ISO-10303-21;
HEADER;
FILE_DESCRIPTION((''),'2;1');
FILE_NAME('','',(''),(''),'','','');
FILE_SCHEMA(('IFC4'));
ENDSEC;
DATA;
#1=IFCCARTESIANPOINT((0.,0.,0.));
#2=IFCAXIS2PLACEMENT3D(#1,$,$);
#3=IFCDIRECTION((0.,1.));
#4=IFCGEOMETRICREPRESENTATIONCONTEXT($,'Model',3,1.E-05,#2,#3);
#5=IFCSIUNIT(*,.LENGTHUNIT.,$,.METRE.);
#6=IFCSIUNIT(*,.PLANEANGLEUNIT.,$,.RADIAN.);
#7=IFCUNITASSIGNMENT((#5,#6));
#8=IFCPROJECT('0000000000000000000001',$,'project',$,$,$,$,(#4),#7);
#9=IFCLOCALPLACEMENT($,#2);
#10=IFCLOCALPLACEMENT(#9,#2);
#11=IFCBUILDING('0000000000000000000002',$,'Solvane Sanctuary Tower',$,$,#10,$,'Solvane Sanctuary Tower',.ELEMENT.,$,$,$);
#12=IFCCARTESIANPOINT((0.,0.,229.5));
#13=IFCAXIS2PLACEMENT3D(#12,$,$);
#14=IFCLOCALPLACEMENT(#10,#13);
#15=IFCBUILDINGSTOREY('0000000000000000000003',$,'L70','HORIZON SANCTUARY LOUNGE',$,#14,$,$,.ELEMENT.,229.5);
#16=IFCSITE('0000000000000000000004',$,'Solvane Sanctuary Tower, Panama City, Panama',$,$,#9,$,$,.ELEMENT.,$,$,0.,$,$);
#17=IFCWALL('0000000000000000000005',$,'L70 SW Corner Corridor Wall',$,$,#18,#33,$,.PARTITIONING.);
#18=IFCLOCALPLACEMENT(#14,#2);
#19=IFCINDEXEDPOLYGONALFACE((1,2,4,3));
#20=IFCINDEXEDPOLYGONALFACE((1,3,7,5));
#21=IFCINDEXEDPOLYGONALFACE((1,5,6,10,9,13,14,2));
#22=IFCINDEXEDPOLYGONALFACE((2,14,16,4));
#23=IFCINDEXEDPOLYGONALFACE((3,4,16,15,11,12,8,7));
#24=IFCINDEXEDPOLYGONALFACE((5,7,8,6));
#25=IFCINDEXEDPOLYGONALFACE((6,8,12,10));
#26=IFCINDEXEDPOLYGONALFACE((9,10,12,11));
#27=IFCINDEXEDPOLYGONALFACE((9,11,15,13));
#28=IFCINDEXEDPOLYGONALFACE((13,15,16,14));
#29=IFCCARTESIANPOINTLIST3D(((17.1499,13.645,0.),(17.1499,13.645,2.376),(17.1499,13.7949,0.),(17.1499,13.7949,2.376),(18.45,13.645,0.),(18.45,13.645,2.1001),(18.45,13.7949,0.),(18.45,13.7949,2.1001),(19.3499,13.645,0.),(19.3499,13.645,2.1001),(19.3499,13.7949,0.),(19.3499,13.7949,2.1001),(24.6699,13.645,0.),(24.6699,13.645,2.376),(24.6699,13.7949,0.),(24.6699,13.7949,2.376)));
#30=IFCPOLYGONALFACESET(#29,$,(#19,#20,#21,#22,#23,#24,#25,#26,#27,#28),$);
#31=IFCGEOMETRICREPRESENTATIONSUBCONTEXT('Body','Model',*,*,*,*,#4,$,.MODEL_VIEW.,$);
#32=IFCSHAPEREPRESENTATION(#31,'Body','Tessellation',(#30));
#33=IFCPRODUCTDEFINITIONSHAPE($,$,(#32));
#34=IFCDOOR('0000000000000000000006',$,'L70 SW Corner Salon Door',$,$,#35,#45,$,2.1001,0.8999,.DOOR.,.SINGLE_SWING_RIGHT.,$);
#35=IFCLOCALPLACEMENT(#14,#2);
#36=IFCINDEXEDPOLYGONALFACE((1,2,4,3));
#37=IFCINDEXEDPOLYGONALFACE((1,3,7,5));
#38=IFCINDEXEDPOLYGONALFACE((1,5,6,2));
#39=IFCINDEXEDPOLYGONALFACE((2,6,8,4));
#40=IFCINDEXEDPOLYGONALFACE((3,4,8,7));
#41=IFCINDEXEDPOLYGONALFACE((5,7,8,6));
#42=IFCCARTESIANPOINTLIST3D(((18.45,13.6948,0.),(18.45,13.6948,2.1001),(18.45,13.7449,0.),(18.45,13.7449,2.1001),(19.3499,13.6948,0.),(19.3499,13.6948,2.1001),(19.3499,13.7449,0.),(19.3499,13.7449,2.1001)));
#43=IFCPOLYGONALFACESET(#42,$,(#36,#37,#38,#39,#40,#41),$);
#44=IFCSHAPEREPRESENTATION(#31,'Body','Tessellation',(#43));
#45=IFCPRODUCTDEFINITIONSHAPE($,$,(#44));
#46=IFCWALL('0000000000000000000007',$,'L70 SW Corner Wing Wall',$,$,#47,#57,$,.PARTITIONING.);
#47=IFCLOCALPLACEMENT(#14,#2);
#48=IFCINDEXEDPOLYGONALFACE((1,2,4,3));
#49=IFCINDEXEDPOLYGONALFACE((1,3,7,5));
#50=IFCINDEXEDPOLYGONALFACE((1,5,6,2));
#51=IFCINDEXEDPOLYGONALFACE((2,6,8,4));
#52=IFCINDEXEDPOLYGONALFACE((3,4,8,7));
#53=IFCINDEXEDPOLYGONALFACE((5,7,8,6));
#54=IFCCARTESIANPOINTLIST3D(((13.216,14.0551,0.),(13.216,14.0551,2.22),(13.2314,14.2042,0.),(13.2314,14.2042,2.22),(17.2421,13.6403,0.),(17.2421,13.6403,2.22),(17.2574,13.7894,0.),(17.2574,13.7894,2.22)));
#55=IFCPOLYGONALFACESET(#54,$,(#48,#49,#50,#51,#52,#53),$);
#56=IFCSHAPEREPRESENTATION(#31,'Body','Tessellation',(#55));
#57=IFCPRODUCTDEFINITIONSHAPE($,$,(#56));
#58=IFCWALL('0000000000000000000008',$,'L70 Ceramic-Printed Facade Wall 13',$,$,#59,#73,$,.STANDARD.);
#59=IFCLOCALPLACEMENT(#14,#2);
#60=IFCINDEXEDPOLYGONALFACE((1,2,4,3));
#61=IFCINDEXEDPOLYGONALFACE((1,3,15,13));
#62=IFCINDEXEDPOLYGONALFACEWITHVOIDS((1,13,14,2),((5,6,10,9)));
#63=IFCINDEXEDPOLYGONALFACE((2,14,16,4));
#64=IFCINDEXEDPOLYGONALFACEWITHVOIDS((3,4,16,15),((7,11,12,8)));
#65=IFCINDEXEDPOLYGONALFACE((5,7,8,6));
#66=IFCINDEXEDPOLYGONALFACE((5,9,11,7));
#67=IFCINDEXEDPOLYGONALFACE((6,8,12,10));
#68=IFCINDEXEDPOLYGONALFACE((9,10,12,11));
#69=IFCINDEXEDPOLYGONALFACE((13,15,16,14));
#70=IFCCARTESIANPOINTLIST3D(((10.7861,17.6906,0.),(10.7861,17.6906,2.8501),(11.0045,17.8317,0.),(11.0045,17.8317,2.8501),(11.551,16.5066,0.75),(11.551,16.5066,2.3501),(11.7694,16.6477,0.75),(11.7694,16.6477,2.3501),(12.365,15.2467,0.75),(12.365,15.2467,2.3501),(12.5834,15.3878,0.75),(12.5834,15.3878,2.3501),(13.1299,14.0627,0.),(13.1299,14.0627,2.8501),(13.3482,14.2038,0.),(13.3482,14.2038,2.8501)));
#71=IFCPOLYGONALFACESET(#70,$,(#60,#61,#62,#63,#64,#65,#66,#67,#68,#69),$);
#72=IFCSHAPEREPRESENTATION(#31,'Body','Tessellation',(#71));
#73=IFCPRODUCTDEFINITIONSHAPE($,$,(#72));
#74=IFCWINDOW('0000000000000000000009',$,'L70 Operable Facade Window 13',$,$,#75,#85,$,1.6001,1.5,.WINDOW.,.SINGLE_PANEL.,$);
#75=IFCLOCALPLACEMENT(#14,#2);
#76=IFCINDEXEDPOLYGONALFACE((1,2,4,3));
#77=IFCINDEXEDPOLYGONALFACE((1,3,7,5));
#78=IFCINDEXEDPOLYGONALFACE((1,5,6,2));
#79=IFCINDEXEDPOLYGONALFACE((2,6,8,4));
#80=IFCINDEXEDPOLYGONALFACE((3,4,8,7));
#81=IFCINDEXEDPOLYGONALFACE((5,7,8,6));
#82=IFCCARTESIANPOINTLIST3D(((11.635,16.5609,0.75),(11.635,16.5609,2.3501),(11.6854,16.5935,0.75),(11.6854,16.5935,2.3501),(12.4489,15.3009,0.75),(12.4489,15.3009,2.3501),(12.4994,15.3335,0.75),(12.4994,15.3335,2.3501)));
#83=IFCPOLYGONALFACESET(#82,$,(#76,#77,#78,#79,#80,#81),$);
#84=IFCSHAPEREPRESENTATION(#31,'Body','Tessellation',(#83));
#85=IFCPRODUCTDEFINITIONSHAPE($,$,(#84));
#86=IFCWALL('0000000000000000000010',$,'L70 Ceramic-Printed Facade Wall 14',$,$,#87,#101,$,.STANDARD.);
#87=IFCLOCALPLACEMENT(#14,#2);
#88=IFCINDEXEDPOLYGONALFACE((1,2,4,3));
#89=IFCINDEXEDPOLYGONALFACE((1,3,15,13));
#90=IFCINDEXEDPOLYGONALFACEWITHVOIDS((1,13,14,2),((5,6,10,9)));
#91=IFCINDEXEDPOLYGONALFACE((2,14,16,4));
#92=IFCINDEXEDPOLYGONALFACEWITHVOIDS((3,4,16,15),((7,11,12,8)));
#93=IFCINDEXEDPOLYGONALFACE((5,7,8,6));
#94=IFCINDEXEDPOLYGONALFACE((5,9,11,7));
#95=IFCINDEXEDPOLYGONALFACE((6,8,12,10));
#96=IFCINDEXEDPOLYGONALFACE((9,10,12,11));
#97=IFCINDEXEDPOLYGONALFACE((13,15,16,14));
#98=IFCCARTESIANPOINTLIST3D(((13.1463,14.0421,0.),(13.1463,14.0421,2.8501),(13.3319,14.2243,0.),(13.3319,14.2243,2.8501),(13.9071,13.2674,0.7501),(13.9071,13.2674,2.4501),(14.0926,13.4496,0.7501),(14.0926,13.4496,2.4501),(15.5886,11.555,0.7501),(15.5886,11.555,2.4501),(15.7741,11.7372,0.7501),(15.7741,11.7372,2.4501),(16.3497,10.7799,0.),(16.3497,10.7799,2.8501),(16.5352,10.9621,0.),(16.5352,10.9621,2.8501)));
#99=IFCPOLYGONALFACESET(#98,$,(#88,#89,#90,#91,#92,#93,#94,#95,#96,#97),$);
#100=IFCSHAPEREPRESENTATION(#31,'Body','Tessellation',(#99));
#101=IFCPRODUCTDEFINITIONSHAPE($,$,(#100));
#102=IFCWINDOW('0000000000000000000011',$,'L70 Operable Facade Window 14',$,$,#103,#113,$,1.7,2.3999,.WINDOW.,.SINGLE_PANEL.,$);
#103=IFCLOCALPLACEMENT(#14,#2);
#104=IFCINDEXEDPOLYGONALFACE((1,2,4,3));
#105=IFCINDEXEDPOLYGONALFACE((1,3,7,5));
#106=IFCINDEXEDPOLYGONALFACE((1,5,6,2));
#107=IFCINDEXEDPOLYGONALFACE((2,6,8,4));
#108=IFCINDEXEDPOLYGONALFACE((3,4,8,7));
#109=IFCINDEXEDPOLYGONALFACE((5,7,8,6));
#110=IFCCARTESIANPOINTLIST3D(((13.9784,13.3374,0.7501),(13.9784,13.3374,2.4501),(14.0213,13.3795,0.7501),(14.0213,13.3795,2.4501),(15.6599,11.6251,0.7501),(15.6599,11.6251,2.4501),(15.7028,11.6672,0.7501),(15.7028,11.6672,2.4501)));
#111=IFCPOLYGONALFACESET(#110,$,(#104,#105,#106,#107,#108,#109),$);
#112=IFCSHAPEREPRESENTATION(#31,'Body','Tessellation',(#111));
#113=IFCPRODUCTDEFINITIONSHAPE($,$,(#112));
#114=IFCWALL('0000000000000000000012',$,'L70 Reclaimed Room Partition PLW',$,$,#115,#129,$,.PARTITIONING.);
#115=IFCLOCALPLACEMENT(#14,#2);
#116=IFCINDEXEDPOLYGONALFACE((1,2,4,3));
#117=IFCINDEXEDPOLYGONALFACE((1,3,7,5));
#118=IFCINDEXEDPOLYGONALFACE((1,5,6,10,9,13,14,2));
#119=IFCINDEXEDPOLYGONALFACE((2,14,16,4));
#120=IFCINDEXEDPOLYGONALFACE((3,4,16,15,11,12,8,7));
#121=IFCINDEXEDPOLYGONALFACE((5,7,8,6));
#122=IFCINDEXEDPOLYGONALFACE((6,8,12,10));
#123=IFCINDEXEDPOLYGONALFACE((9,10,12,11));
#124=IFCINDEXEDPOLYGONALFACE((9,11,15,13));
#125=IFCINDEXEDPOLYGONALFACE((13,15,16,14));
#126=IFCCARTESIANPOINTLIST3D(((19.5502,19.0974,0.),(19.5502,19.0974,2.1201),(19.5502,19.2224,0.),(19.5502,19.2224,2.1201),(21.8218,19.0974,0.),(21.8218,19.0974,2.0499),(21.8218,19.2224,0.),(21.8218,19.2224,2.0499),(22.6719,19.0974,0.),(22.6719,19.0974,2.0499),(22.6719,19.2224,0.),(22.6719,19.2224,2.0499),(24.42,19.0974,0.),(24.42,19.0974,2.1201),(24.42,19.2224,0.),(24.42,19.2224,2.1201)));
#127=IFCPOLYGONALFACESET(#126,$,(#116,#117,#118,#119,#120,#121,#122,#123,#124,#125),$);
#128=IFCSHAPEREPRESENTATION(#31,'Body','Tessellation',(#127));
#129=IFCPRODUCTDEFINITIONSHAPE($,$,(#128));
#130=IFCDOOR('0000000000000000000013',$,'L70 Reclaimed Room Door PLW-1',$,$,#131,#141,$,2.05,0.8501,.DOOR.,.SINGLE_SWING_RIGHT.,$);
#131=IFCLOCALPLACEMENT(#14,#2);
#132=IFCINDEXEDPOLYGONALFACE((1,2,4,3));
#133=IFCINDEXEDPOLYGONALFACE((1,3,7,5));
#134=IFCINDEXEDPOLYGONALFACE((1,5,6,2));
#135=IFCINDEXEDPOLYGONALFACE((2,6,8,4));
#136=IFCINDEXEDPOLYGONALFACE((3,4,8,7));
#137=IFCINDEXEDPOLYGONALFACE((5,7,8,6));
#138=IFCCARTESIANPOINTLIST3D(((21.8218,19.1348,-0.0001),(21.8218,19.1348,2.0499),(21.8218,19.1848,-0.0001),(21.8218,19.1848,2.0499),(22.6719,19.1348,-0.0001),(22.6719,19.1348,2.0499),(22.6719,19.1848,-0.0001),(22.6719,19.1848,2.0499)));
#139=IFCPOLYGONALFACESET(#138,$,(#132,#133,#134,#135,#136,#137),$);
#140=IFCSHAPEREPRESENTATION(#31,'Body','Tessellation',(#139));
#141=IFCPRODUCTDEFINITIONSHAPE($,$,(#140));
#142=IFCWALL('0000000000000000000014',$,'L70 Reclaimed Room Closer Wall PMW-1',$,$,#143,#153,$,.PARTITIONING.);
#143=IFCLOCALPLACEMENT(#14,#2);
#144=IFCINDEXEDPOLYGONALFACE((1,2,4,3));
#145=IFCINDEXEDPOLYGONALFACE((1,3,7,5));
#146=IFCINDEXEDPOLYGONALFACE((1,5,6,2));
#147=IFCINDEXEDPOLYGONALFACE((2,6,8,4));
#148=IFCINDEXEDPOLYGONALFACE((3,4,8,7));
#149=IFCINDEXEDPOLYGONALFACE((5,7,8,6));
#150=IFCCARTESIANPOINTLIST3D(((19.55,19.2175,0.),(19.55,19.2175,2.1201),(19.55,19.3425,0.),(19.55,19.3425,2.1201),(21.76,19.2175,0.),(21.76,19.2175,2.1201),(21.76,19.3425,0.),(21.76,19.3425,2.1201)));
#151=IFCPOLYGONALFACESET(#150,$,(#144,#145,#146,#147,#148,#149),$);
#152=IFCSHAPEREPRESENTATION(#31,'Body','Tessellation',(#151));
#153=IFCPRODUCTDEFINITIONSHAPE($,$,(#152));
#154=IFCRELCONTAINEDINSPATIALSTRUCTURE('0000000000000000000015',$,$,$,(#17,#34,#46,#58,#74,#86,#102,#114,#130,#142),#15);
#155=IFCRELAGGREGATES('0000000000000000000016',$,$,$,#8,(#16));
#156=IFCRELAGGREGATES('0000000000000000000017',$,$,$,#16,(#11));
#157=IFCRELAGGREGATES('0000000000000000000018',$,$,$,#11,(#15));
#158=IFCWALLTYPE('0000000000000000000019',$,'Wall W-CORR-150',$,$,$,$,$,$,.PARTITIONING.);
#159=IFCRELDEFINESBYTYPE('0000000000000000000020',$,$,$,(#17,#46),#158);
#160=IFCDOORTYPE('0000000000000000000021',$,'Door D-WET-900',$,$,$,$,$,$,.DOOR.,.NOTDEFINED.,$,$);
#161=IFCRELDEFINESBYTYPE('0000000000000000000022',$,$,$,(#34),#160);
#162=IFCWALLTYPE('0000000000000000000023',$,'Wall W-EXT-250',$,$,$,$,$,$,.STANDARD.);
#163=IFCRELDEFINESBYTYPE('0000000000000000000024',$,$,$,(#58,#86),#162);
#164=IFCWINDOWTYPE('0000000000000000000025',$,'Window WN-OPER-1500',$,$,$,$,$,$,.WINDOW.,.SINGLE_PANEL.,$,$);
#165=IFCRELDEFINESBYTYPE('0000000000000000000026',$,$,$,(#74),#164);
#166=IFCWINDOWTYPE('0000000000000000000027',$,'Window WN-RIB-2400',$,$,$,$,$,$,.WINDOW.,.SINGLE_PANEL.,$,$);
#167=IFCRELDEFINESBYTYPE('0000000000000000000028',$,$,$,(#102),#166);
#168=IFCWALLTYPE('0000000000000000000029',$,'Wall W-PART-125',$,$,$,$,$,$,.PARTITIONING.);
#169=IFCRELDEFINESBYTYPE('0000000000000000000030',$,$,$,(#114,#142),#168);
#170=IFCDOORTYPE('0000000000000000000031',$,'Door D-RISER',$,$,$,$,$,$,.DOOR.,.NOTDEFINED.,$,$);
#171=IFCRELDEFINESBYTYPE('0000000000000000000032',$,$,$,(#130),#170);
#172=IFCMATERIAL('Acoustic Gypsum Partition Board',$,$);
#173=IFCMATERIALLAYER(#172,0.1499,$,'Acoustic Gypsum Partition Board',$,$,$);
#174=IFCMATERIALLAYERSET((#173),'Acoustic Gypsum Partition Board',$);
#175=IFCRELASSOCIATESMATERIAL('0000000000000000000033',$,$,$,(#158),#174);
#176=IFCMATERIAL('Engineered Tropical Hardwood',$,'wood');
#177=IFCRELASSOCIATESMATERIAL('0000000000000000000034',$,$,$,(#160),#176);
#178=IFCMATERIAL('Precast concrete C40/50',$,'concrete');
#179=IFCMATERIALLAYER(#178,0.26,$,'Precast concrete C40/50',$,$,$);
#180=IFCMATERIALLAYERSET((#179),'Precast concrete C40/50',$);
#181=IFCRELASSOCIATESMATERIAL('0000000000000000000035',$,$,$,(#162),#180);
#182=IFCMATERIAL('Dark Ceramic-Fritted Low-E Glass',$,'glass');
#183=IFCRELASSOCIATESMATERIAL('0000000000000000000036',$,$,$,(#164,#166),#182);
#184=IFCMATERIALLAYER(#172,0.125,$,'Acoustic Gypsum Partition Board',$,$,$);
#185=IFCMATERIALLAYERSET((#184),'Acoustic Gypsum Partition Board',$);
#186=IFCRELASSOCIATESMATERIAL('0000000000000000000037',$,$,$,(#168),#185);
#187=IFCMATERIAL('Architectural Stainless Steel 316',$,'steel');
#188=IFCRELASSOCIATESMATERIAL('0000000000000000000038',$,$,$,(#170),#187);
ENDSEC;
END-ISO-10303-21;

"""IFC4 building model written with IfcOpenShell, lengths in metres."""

from ifc_helpers import new_model, si_unit, direction, frame, frame_2d, origin, place, context, subcontext, project, spatial, rectangle, extrude, material, layer, layer_set, type_object, element, fill, save


model = new_model("IFC4")

# Units and contexts
model_context = context("Model", 3, precision=1e-05, world=origin(), true_north=direction((0.0, 1.0)))
body_context = subcontext(model_context, "Body", "Model", "MODEL_VIEW")
ifc_project = project(units=[si_unit("LENGTHUNIT", "METRE"), si_unit("PLANEANGLEUNIT", "RADIAN")], contexts=[model_context])

# Site, building, storey
site_placement = place(None, origin())
site = spatial("IfcSite", under=ifc_project, at=site_placement, Name="Solvane Sanctuary Tower, Panama City, Panama", CompositionType="ELEMENT", RefElevation=0.0)
building_placement = place(site_placement, origin())
building = spatial("IfcBuilding", under=site, at=building_placement, Name="Solvane Sanctuary Tower", LongName="Solvane Sanctuary Tower", CompositionType="ELEMENT")
storey_placement = place(building_placement, frame((0.0, 0.0, 229.5)))
storey = spatial("IfcBuildingStorey", under=building, at=storey_placement, Name="L70", Description="HORIZON SANCTUARY LOUNGE", CompositionType="ELEMENT", Elevation=229.5)

# Wall, opening, door
ifc_material_1 = material(Name="Acoustic Gypsum Partition Board")
ifc_layer_1 = layer(ifc_material_1, 0.1499, Name="Acoustic Gypsum Partition Board")
ifc_layer_set_1 = layer_set([ifc_layer_1], Name="Acoustic Gypsum Partition Board")
wall_type_1 = type_object("IfcWallType", Name="Wall W-CORR-150", PredefinedType="PARTITIONING", material=ifc_layer_set_1)
ifc_material_2 = material(Name="Engineered Tropical Hardwood", Category="wood")
wall_1_placement = place(storey_placement, frame((17.1499, 13.72, 0.0), z_axis=(0.0, 0.0, 1.0), x_axis=(1.0, 0.0, 0.0)))
wall_1 = element("IfcWall", 1, at=wall_1_placement, inside=storey, type_object=wall_type_1, Name="L70 SW Corner Corridor Wall", PredefinedType="PARTITIONING", context=body_context, shape_type="SweptSolid", body=[
    extrude(rectangle(XDim=7.52, YDim=0.1499, at=frame_2d((3.76, 0.0))), origin(), (0.0, 0.0, 1.0), 2.376),
])
opening_1_placement = place(wall_1_placement, frame((1.3, 0.0, 0.0)))
opening_1 = element("IfcOpeningElement", 2, at=opening_1_placement, cuts=wall_1, PredefinedType="OPENING", context=body_context, shape_type="SweptSolid", body=[
    extrude(rectangle(XDim=0.8999, YDim=2.1001, at=frame_2d((0.45, 1.05))), frame((0.0, 0.085, 0.0), z_axis=(0.0, -1.0, 0.0), x_axis=(1.0, 0.0, 0.0)), (0.0, 0.0, 1.0), 0.1699),
])
door_type_1 = type_object("IfcDoorType", Name="Door D-WET-900", OperationType="NOTDEFINED", PredefinedType="DOOR", material=ifc_material_2)
door_1_placement = place(opening_1_placement, origin())
door_1 = element("IfcDoor", 3, at=door_1_placement, inside=storey, type_object=door_type_1, Name="L70 SW Corner Salon Door", OperationType="SINGLE_SWING_RIGHT", OverallHeight=2.1001, OverallWidth=0.8999, PredefinedType="DOOR", context=body_context, shape_type="SweptSolid", body=[
    extrude(rectangle(XDim=0.8999, YDim=2.1001, at=frame_2d((0.45, 1.05))), frame((0.0, 0.0249, 0.0), z_axis=(0.0, -1.0, 0.0), x_axis=(1.0, 0.0, 0.0)), (0.0, 0.0, 1.0), 0.05),
])
fill(opening_1, door_1)

# Wall
wall_2_placement = place(storey_placement, frame((17.2498, 13.7148, 0.0), z_axis=(0.0, 0.0, 1.0), x_axis=(-0.994735, 0.102483, 0.0)))
element("IfcWall", 4, at=wall_2_placement, inside=storey, type_object=wall_type_1, Name="L70 SW Corner Wing Wall", PredefinedType="PARTITIONING", context=body_context, shape_type="SweptSolid", body=[
    extrude(rectangle(XDim=4.0474, YDim=0.1499, at=frame_2d((2.0237, 0.0))), origin(), (0.0, 0.0, 1.0), 2.22),
])

# Walls, openings, windows
ifc_material_3 = material(Name="Precast concrete C40/50", Category="concrete")
ifc_layer_2 = layer(ifc_material_3, 0.26, Name="Precast concrete C40/50")
ifc_layer_set_2 = layer_set([ifc_layer_2], Name="Precast concrete C40/50")
wall_type_2 = type_object("IfcWallType", Name="Wall W-EXT-250", PredefinedType="STANDARD", material=ifc_layer_set_2)
wall_3_placement = place(storey_placement, frame((10.8953, 17.7612, 0.0), z_axis=(0.0, 0.0, 1.0), x_axis=(0.542642, -0.839964, 0.0)))
wall_3 = element("IfcWall", 5, at=wall_3_placement, inside=storey, type_object=wall_type_2, Name="L70 Ceramic-Printed Facade Wall 13", PredefinedType="STANDARD", context=body_context, shape_type="SweptSolid", body=[
    extrude(rectangle(XDim=4.3191, YDim=0.26, at=frame_2d((2.1597, 0.0))), origin(), (0.0, 0.0, 1.0), 2.8501),
])
opening_2_placement = place(wall_3_placement, frame((1.4097, 0.0, 0.75)))
opening_2 = element("IfcOpeningElement", 6, at=opening_2_placement, cuts=wall_3, PredefinedType="OPENING", context=body_context, shape_type="SweptSolid", body=[
    extrude(rectangle(XDim=1.5, YDim=1.6001, at=frame_2d((0.75, 0.8))), frame((0.0, 0.1399, 0.0), z_axis=(0.0, -1.0, 0.0), x_axis=(1.0, 0.0, 0.0)), (0.0, 0.0, 1.0), 0.28),
])
ifc_material_4 = material(Name="Dark Ceramic-Fritted Low-E Glass", Category="glass")
window_type_1 = type_object("IfcWindowType", Name="Window WN-OPER-1500", PartitioningType="SINGLE_PANEL", PredefinedType="WINDOW", material=ifc_material_4)
window_1_placement = place(opening_2_placement, origin())
window_1 = element("IfcWindow", 7, at=window_1_placement, inside=storey, type_object=window_type_1, Name="L70 Operable Facade Window 13", OverallHeight=1.6001, OverallWidth=1.5, PartitioningType="SINGLE_PANEL", PredefinedType="WINDOW", context=body_context, shape_type="SweptSolid", body=[
    extrude(rectangle(XDim=1.5, YDim=1.6001, at=frame_2d((0.75, 0.8))), frame((0.0, 0.03, 0.0), z_axis=(0.0, -1.0, 0.0), x_axis=(1.0, 0.0, 0.0)), (0.0, 0.0, 1.0), 0.0601),
])
fill(opening_2, window_1)
wall_4_placement = place(storey_placement, frame((13.239, 14.1333, 0.0), z_axis=(0.0, 0.0, 1.0), x_axis=(0.700643, -0.713512, 0.0)))
wall_4 = element("IfcWall", 8, at=wall_4_placement, inside=storey, type_object=wall_type_2, Name="L70 Ceramic-Printed Facade Wall 14", PredefinedType="STANDARD", context=body_context, shape_type="SweptSolid", body=[
    extrude(rectangle(XDim=4.572, YDim=0.26, at=frame_2d((2.2861, 0.0))), origin(), (0.0, 0.0, 1.0), 2.8501),
])
opening_3_placement = place(wall_4_placement, frame((1.0859, 0.0, 0.75)))
opening_3 = element("IfcOpeningElement", 9, at=opening_3_placement, cuts=wall_4, PredefinedType="OPENING", context=body_context, shape_type="SweptSolid", body=[
    extrude(rectangle(XDim=2.3999, YDim=1.7, at=frame_2d((1.2, 0.8501))), frame((0.0, 0.1399, 0.0), z_axis=(0.0, -1.0, 0.0), x_axis=(1.0, 0.0, 0.0)), (0.0, 0.0, 1.0), 0.28),
])
window_type_2 = type_object("IfcWindowType", Name="Window WN-RIB-2400", PartitioningType="SINGLE_PANEL", PredefinedType="WINDOW", material=ifc_material_4)
window_2_placement = place(opening_3_placement, origin())
window_2 = element("IfcWindow", 10, at=window_2_placement, inside=storey, type_object=window_type_2, Name="L70 Operable Facade Window 14", OverallHeight=1.7, OverallWidth=2.3999, PartitioningType="SINGLE_PANEL", PredefinedType="WINDOW", context=body_context, shape_type="SweptSolid", body=[
    extrude(rectangle(XDim=2.3999, YDim=1.7, at=frame_2d((1.2, 0.8501))), frame((0.0, 0.03, 0.0), z_axis=(0.0, -1.0, 0.0), x_axis=(1.0, 0.0, 0.0)), (0.0, 0.0, 1.0), 0.0601),
])
fill(opening_3, window_2)

# Wall, opening, door
ifc_layer_3 = layer(ifc_material_1, 0.125, Name="Acoustic Gypsum Partition Board")
ifc_layer_set_3 = layer_set([ifc_layer_3], Name="Acoustic Gypsum Partition Board")
wall_type_3 = type_object("IfcWallType", Name="Wall W-PART-125", PredefinedType="PARTITIONING", material=ifc_layer_set_3)
wall_5_placement = place(storey_placement, frame((19.55, 19.1599, 0.0), z_axis=(0.0, 0.0, 1.0), x_axis=(1.0, 0.0, 0.0)))
wall_5 = element("IfcWall", 11, at=wall_5_placement, inside=storey, type_object=wall_type_3, Name="L70 Reclaimed Room Partition PLW", PredefinedType="PARTITIONING", context=body_context, shape_type="SweptSolid", body=[
    extrude(rectangle(XDim=4.8699, YDim=0.125, at=frame_2d((2.4351, 0.0))), origin(), (0.0, 0.0, 1.0), 2.1201),
])
opening_4_placement = place(wall_5_placement, frame((2.2717, 0.0, 0.0)))
opening_4 = element("IfcOpeningElement", 12, at=opening_4_placement, cuts=wall_5, PredefinedType="OPENING", context=body_context, shape_type="SweptSolid", body=[
    extrude(rectangle(XDim=0.8501, YDim=2.05, at=frame_2d((0.425, 1.0249))), frame((0.0, 0.0725, 0.0), z_axis=(0.0, -1.0, 0.0), x_axis=(1.0, 0.0, 0.0)), (0.0, 0.0, 1.0), 0.145),
])
ifc_material_5 = material(Name="Architectural Stainless Steel 316", Category="steel")
door_type_2 = type_object("IfcDoorType", Name="Door D-RISER", OperationType="NOTDEFINED", PredefinedType="DOOR", material=ifc_material_5)
door_2_placement = place(opening_4_placement, origin())
door_2 = element("IfcDoor", 13, at=door_2_placement, inside=storey, type_object=door_type_2, Name="L70 Reclaimed Room Door PLW-1", OperationType="SINGLE_SWING_RIGHT", OverallHeight=2.05, OverallWidth=0.8501, PredefinedType="DOOR", context=body_context, shape_type="SweptSolid", body=[
    extrude(rectangle(XDim=0.8501, YDim=2.05, at=frame_2d((0.425, 1.0249))), frame((0.0, 0.0249, 0.0), z_axis=(0.0, -1.0, 0.0), x_axis=(1.0, 0.0, 0.0)), (0.0, 0.0, 1.0), 0.05),
])
fill(opening_4, door_2)

# Wall
wall_6_placement = place(storey_placement, frame((19.55, 19.28, 0.0), z_axis=(0.0, 0.0, 1.0), x_axis=(1.0, 0.0, 0.0)))
element("IfcWall", 14, at=wall_6_placement, inside=storey, type_object=wall_type_3, Name="L70 Reclaimed Room Closer Wall PMW-1", PredefinedType="PARTITIONING", context=body_context, shape_type="SweptSolid", body=[
    extrude(rectangle(XDim=2.21, YDim=0.125, at=frame_2d((1.105, 0.0))), origin(), (0.0, 0.0, 1.0), 2.1201),
])

save(model, "model.ifc")
